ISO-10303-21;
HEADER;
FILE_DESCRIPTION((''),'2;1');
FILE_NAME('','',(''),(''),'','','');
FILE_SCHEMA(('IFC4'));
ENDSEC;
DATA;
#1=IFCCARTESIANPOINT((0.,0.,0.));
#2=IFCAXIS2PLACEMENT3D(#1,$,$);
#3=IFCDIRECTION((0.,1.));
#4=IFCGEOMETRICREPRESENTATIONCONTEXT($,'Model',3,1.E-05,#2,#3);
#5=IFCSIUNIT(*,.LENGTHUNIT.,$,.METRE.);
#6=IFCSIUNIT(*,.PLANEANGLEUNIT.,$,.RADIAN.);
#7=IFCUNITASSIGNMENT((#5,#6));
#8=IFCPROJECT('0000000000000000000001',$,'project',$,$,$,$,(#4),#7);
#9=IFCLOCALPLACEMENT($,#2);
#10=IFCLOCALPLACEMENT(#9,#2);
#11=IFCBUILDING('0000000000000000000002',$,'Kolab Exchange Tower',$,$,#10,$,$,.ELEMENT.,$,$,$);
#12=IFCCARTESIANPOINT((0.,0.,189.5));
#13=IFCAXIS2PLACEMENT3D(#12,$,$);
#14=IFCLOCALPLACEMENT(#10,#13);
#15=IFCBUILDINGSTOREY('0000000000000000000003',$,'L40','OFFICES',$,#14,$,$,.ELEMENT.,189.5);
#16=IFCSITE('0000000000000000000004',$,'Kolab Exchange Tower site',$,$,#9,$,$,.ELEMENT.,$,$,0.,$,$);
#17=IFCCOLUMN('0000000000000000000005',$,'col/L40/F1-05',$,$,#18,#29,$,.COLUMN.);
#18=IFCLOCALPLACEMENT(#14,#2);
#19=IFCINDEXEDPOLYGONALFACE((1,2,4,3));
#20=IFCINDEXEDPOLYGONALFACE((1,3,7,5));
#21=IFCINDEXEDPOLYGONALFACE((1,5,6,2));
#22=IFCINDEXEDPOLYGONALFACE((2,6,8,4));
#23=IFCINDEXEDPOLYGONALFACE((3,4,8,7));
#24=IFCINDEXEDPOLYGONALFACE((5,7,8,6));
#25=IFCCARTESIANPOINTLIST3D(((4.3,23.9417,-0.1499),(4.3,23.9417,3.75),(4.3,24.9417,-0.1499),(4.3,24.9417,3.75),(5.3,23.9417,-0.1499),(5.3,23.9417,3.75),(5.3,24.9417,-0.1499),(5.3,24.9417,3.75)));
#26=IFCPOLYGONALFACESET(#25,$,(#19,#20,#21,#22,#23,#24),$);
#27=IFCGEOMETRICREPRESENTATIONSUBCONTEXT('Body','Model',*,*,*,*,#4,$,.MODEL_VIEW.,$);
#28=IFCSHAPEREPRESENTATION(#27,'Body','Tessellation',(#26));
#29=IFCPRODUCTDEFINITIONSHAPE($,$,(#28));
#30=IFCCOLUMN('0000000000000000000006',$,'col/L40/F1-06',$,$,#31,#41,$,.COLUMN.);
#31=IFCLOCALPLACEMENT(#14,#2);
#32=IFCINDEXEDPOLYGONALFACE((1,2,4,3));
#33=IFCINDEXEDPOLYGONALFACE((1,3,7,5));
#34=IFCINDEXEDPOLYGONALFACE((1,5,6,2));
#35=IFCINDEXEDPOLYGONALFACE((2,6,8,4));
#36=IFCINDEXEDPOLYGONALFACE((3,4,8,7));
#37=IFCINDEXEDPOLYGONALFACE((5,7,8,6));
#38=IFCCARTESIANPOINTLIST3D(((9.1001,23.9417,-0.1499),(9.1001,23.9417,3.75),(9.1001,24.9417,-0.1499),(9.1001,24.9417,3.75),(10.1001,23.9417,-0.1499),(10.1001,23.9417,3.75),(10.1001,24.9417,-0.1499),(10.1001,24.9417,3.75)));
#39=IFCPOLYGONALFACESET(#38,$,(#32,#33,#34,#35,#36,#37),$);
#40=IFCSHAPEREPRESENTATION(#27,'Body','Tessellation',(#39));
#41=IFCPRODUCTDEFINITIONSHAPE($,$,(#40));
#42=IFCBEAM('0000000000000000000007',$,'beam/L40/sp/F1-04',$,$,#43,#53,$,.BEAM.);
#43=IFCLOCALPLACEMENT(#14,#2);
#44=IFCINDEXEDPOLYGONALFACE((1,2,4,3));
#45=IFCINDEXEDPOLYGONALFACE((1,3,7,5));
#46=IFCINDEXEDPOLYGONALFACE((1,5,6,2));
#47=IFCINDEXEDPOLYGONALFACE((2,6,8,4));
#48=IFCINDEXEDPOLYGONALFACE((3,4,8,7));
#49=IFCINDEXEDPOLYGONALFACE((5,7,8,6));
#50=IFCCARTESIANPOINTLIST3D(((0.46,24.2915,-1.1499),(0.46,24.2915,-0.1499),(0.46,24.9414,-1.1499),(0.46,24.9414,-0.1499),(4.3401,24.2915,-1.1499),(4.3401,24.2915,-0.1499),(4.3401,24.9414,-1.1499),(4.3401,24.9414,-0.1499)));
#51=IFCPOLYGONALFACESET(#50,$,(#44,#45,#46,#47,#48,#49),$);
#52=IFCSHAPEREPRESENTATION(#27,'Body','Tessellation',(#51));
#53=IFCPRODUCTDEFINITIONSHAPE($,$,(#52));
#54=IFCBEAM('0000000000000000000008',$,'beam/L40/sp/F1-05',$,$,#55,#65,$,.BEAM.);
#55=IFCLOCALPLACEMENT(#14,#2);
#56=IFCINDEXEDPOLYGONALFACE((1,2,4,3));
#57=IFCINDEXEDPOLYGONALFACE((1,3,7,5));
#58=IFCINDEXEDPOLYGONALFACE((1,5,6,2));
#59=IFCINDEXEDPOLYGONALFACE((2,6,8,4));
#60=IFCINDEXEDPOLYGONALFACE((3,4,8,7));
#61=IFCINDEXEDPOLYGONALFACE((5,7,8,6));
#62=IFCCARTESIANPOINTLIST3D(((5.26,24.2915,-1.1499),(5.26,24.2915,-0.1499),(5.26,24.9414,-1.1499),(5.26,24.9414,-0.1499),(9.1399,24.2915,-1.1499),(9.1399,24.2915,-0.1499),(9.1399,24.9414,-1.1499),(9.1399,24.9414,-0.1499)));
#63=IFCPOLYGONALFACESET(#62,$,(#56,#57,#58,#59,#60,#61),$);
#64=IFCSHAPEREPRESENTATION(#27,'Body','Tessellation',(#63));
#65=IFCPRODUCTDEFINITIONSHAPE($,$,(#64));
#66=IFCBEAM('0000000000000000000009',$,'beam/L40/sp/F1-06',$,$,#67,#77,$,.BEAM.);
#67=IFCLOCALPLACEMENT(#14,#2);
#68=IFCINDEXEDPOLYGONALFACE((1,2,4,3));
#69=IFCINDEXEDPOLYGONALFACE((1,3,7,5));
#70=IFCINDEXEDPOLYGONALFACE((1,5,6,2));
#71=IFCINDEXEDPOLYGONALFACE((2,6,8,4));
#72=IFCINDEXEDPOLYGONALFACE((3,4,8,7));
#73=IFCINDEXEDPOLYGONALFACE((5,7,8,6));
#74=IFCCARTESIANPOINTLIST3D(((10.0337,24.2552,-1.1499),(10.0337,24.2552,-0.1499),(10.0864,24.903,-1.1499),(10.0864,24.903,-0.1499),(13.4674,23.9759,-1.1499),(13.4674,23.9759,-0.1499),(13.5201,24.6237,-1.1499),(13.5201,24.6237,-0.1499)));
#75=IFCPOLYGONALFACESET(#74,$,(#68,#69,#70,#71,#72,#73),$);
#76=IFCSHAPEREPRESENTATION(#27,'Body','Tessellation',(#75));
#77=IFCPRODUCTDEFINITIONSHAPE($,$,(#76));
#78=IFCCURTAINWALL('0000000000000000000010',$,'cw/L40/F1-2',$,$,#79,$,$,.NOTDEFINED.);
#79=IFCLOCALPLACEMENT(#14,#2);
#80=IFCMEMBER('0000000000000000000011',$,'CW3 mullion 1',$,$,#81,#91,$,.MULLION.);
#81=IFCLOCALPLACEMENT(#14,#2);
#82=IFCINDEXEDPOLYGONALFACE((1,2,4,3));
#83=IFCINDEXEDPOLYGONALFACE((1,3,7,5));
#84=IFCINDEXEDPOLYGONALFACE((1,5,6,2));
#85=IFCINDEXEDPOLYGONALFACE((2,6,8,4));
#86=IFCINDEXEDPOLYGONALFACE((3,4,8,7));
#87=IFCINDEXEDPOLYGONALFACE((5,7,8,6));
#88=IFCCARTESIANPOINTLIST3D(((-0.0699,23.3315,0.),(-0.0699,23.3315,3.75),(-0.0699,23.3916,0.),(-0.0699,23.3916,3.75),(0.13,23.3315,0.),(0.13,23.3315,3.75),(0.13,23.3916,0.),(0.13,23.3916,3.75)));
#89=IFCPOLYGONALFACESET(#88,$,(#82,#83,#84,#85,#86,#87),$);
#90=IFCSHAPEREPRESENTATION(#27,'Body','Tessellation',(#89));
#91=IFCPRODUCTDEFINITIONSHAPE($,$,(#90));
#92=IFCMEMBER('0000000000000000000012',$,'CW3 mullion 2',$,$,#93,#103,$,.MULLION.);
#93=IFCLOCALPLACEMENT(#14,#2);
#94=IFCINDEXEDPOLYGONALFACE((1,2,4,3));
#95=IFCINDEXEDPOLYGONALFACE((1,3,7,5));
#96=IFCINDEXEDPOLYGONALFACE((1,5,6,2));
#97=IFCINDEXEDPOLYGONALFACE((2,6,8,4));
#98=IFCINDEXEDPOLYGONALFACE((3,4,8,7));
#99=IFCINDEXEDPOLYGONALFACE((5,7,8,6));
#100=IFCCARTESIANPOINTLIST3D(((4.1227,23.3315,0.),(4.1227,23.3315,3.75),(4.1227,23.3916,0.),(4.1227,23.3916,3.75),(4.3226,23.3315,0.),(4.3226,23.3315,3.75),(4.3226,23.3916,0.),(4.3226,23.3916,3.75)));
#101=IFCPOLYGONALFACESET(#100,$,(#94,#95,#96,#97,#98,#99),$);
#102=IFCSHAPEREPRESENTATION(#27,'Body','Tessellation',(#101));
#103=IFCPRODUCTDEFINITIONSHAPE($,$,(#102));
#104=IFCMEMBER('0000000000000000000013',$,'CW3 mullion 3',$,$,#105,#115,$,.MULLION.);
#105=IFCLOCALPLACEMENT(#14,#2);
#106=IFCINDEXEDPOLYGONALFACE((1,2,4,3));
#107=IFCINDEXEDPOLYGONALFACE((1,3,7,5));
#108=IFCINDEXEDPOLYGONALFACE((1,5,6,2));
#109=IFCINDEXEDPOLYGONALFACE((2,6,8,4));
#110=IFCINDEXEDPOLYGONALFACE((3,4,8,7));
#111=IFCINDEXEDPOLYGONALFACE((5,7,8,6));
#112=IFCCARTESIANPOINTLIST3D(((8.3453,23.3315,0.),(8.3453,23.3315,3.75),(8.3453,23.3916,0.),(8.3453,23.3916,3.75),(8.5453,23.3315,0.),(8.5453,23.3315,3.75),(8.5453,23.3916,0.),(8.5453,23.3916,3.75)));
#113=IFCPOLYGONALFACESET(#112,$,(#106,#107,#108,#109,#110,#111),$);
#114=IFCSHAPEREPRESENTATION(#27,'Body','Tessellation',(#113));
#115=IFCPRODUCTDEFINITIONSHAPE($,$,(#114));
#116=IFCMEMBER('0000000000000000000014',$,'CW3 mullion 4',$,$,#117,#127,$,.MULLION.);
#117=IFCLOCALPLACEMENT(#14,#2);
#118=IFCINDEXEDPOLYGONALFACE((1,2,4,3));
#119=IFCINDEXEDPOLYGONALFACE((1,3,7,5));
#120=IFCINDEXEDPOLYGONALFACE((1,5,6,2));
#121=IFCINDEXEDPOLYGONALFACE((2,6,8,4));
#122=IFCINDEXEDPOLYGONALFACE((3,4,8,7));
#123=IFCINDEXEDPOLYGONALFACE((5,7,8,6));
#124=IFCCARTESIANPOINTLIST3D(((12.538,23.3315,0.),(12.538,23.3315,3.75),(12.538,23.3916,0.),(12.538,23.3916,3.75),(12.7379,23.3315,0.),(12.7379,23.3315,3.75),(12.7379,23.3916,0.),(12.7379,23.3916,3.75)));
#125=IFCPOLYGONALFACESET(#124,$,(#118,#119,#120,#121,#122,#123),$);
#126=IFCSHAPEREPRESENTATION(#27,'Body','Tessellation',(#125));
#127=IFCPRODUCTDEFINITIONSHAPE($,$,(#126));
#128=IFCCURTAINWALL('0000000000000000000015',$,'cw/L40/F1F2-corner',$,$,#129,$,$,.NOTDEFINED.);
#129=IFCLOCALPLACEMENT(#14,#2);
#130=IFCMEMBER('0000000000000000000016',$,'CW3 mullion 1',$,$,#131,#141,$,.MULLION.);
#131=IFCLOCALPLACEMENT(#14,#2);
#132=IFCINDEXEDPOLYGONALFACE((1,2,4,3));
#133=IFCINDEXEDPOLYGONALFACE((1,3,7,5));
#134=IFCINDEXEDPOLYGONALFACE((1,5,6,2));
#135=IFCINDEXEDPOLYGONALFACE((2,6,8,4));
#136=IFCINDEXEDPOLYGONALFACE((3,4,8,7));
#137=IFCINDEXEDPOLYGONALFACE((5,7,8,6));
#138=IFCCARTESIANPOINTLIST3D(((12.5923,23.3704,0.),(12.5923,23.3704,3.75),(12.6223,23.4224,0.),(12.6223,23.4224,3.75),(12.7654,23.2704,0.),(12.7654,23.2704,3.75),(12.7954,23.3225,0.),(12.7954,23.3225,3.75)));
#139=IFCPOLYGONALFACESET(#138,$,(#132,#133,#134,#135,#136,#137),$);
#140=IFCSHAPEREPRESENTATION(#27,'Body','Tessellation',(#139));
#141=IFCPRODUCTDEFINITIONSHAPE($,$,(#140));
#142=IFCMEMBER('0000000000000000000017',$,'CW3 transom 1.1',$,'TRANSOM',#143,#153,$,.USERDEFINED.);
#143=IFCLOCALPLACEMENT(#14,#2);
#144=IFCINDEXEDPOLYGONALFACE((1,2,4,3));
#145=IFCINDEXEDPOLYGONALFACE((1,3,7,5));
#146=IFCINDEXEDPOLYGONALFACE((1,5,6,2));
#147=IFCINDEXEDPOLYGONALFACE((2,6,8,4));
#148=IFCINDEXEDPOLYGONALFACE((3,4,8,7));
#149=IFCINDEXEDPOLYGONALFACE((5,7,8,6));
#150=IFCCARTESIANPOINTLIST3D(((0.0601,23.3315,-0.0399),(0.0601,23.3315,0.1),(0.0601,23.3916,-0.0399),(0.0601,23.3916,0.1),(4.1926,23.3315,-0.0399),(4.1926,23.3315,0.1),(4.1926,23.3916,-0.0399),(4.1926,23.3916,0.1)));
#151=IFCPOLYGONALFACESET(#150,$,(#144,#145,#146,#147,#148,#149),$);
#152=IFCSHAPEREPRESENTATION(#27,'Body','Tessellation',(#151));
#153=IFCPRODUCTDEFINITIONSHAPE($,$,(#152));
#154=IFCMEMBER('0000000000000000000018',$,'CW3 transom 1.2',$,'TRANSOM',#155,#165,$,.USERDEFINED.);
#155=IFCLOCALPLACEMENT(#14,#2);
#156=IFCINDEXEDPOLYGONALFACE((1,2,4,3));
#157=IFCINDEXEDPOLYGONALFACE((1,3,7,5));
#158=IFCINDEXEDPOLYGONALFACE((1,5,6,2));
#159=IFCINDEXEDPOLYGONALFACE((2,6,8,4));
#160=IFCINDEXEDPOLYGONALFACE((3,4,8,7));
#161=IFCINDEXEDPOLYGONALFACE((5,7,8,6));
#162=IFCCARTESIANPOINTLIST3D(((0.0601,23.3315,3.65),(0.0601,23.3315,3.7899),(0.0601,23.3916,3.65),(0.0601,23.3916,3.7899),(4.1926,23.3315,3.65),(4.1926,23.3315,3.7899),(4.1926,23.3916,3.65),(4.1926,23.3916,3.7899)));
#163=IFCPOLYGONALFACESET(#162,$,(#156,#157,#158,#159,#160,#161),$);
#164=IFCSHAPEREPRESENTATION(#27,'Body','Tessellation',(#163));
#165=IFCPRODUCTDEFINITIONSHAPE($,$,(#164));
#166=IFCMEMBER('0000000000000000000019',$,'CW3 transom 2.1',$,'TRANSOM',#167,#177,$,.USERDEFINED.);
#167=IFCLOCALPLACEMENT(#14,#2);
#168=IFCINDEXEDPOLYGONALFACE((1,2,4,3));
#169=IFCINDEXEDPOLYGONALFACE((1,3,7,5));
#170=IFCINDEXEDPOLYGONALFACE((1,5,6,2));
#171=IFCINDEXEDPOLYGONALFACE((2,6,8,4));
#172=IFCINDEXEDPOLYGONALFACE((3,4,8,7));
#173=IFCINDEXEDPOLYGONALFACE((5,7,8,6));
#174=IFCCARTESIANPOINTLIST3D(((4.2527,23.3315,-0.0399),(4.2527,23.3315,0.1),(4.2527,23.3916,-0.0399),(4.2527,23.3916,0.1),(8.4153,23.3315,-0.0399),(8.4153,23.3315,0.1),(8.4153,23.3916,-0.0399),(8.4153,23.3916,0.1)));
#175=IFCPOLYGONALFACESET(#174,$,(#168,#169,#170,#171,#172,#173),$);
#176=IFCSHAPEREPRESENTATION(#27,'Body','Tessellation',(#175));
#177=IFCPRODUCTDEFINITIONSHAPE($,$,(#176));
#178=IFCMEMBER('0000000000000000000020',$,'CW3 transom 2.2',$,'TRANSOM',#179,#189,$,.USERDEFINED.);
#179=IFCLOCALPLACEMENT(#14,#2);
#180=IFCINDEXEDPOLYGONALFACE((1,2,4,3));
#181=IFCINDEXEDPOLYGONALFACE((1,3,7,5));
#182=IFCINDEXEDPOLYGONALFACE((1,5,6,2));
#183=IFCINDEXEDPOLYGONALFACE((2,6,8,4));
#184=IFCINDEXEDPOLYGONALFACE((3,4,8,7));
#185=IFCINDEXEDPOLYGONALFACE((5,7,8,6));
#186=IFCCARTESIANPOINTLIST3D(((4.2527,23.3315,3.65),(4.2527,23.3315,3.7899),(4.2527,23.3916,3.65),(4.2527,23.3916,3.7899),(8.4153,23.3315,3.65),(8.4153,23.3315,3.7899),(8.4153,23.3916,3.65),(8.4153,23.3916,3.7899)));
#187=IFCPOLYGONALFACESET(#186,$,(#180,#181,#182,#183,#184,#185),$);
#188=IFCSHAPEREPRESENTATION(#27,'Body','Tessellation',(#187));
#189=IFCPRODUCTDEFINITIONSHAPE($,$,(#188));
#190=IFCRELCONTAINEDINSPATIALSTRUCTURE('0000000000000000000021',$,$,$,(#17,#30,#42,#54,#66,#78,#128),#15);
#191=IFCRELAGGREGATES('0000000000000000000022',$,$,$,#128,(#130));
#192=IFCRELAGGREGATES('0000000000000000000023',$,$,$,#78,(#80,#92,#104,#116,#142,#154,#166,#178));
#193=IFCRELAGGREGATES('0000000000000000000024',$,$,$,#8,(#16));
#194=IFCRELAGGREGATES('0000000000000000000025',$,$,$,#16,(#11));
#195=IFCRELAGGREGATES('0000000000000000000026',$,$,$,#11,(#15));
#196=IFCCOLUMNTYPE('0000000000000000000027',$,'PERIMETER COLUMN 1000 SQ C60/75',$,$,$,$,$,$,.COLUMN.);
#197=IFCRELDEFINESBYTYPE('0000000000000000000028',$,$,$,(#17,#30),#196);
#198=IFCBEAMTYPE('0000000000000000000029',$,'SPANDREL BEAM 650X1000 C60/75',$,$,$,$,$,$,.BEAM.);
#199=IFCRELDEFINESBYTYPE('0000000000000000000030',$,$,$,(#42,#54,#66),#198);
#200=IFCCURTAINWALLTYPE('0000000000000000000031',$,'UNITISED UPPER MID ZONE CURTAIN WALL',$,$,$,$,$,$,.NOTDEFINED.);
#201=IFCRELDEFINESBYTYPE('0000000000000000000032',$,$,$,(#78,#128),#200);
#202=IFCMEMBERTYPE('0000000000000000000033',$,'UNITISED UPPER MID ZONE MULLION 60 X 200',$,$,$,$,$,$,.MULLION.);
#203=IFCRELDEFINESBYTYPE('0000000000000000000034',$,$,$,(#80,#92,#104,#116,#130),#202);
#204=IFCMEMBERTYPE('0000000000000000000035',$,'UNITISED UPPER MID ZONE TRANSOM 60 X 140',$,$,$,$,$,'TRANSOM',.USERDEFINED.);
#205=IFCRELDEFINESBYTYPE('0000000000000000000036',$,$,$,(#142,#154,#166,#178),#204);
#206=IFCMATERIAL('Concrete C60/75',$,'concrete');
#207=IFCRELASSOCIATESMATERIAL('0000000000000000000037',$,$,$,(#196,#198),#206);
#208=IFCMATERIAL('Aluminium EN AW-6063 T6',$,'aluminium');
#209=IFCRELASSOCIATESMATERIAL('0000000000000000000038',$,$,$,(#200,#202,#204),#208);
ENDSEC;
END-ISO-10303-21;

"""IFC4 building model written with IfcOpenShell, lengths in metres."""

from ifc_helpers import new_model, si_unit, direction, frame, origin, origin_2d, place, context, subcontext, project, spatial, rectangle, extrude, material, material_profile, profile_set, type_object, element, aggregate, save


model = new_model("IFC4")

# Units and contexts
model_context = context("Model", 3, precision=1e-05, world=origin(), true_north=direction((0.0, 1.0)))
body_context = subcontext(model_context, "Body", "Model", "MODEL_VIEW")
ifc_project = project(units=[si_unit("LENGTHUNIT", "METRE"), si_unit("PLANEANGLEUNIT", "RADIAN")], contexts=[model_context])

# Site, building, storey
site_placement = place(None, origin())
site = spatial("IfcSite", under=ifc_project, at=site_placement, Name="Kolab Exchange Tower site", CompositionType="ELEMENT", RefElevation=0.0)
building_placement = place(site_placement, origin())
building = spatial("IfcBuilding", under=site, at=building_placement, Name="Kolab Exchange Tower", CompositionType="ELEMENT")
storey_placement = place(building_placement, frame((0.0, 0.0, 189.5)))
storey = spatial("IfcBuildingStorey", under=building, at=storey_placement, Name="L40", Description="OFFICES", CompositionType="ELEMENT", Elevation=189.5)

# Columns
ifc_material_1 = material(Name="Concrete C60/75", Category="concrete")
ifc_material_profile_1 = material_profile(ifc_material_1, rectangle(XDim=1.0, YDim=1.0, at=origin_2d()), Name="RC1000")
ifc_profile_set_1 = profile_set([ifc_material_profile_1], Name="Concrete C60/75")
column_type = type_object("IfcColumnType", Name="PERIMETER COLUMN 1000 SQ C60/75", PredefinedType="COLUMN", material=ifc_profile_set_1)
for number, where, z_axis, x_axis, name in (
    (1, (4.8, 24.4417, -0.1499), (0.0, 0.0, 1.0), (1.0, 0.0, 0.0), "col/L40/F1-05"),
    (2, (9.6001, 24.4417, -0.1499), (0.0, 0.0, 1.0), (1.0, 0.0, 0.0), "col/L40/F1-06"),
):
    element("IfcColumn", number, at=place(storey_placement, frame(where, z_axis=z_axis, x_axis=x_axis)), inside=storey, type_object=column_type, Name=name, PredefinedType="COLUMN", context=body_context, shape_type="SweptSolid", body=[
        extrude(rectangle(XDim=1.0, YDim=1.0, at=origin_2d()), origin(), (0.0, 0.0, 1.0), 3.8999),
    ])

# Beams
ifc_material_profile_2 = material_profile(ifc_material_1, rectangle(XDim=0.6499, YDim=1.0, at=origin_2d()), Name="RC650X1000")
ifc_profile_set_2 = profile_set([ifc_material_profile_2], Name="Concrete C60/75")
beam_type = type_object("IfcBeamType", Name="SPANDREL BEAM 650X1000 C60/75", PredefinedType="BEAM", material=ifc_profile_set_2)
beam_1_placement = place(storey_placement, frame((0.46, 24.6165, -0.6499), z_axis=(1.0, 0.0, 0.0), x_axis=(0.0, 1.0, 0.0)))
element("IfcBeam", 3, at=beam_1_placement, inside=storey, type_object=beam_type, Name="beam/L40/sp/F1-04", PredefinedType="BEAM", context=body_context, shape_type="SweptSolid", body=[
    extrude(rectangle(XDim=0.6499, YDim=1.0, at=origin_2d()), origin(), (0.0, 0.0, 1.0), 3.8801),
])
beam_2_placement = place(storey_placement, frame((5.26, 24.6165, -0.6499), z_axis=(1.0, 0.0, 0.0), x_axis=(0.0, 1.0, 0.0)))
element("IfcBeam", 4, at=beam_2_placement, inside=storey, type_object=beam_type, Name="beam/L40/sp/F1-05", PredefinedType="BEAM", context=body_context, shape_type="SweptSolid", body=[
    extrude(rectangle(XDim=0.6499, YDim=1.0, at=origin_2d()), origin(), (0.0, 0.0, 1.0), 3.8799),
])
beam_3_placement = place(storey_placement, frame((10.0601, 24.5791, -0.6499), z_axis=(0.996708, -0.081069, 0.0), x_axis=(0.081069, 0.996708, 0.0)))
element("IfcBeam", 5, at=beam_3_placement, inside=storey, type_object=beam_type, Name="beam/L40/sp/F1-06", PredefinedType="BEAM", context=body_context, shape_type="SweptSolid", body=[
    extrude(rectangle(XDim=0.6499, YDim=1.0, at=origin_2d()), origin(), (0.0, 0.0, 1.0), 3.4451),
])

# Curtain wall, members
ifc_material_2 = material(Name="Aluminium EN AW-6063 T6", Category="aluminium")
curtain_wall_type = type_object("IfcCurtainWallType", Name="UNITISED UPPER MID ZONE CURTAIN WALL", PredefinedType="NOTDEFINED", material=ifc_material_2)
curtain_wall_1_placement = place(storey_placement, origin())
curtain_wall_1 = element("IfcCurtainWall", 6, at=curtain_wall_1_placement, inside=storey, type_object=curtain_wall_type, Name="cw/L40/F1-2", PredefinedType="NOTDEFINED")
ifc_material_profile_3 = material_profile(ifc_material_2, rectangle(XDim=0.0601, YDim=0.2, at=origin_2d()), Name="RECT 60X200")
ifc_profile_set_3 = profile_set([ifc_material_profile_3], Name="Aluminium EN AW-6063 T6")
member_type_1 = type_object("IfcMemberType", Name="UNITISED UPPER MID ZONE MULLION 60 X 200", PredefinedType="MULLION", material=ifc_profile_set_3)
member_1_placement = place(storey_placement, frame((0.03, 23.3616, 0.0), z_axis=(0.0, 0.0, 1.0), x_axis=(0.0, 1.0, 0.0)))
member_1 = element("IfcMember", 7, at=member_1_placement, type_object=member_type_1, Name="CW3 mullion 1", PredefinedType="MULLION", context=body_context, shape_type="SweptSolid", body=[
    extrude(rectangle(XDim=0.0601, YDim=0.2, at=origin_2d()), origin(), (0.0, 0.0, 1.0), 3.75),
])
member_2_placement = place(storey_placement, frame((4.2227, 23.3616, 0.0), z_axis=(0.0, 0.0, 1.0), x_axis=(0.0, 1.0, 0.0)))
member_2 = element("IfcMember", 8, at=member_2_placement, type_object=member_type_1, Name="CW3 mullion 2", PredefinedType="MULLION", context=body_context, shape_type="SweptSolid", body=[
    extrude(rectangle(XDim=0.0601, YDim=0.2, at=origin_2d()), origin(), (0.0, 0.0, 1.0), 3.75),
])
member_3_placement = place(storey_placement, frame((8.4453, 23.3616, 0.0), z_axis=(0.0, 0.0, 1.0), x_axis=(0.0, 1.0, 0.0)))
member_3 = element("IfcMember", 9, at=member_3_placement, type_object=member_type_1, Name="CW3 mullion 3", PredefinedType="MULLION", context=body_context, shape_type="SweptSolid", body=[
    extrude(rectangle(XDim=0.0601, YDim=0.2, at=origin_2d()), origin(), (0.0, 0.0, 1.0), 3.75),
])
member_4_placement = place(storey_placement, frame((12.6379, 23.3616, 0.0), z_axis=(0.0, 0.0, 1.0), x_axis=(0.0, 1.0, 0.0)))
member_4 = element("IfcMember", 10, at=member_4_placement, type_object=member_type_1, Name="CW3 mullion 4", PredefinedType="MULLION", context=body_context, shape_type="SweptSolid", body=[
    extrude(rectangle(XDim=0.0601, YDim=0.2, at=origin_2d()), origin(), (0.0, 0.0, 1.0), 3.75),
])

# Curtain wall, member
curtain_wall_2_placement = place(storey_placement, origin())
curtain_wall_2 = element("IfcCurtainWall", 11, at=curtain_wall_2_placement, inside=storey, type_object=curtain_wall_type, Name="cw/L40/F1F2-corner", PredefinedType="NOTDEFINED")
member_5_placement = place(storey_placement, frame((12.6938, 23.3464, 0.0), z_axis=(0.0, 0.0, 1.0), x_axis=(0.5, 0.866025, 0.0)))
member_5 = element("IfcMember", 12, at=member_5_placement, type_object=member_type_1, Name="CW3 mullion 1", PredefinedType="MULLION", context=body_context, shape_type="SweptSolid", body=[
    extrude(rectangle(XDim=0.0601, YDim=0.2, at=origin_2d()), origin(), (0.0, 0.0, 1.0), 3.75),
])

# Members
ifc_material_profile_4 = material_profile(ifc_material_2, rectangle(XDim=0.0601, YDim=0.1399, at=origin_2d()), Name="RECT 60X140")
ifc_profile_set_4 = profile_set([ifc_material_profile_4], Name="Aluminium EN AW-6063 T6")
member_type_2 = type_object("IfcMemberType", Name="UNITISED UPPER MID ZONE TRANSOM 60 X 140", ElementType="TRANSOM", PredefinedType="USERDEFINED", material=ifc_profile_set_4)
member_6_placement = place(storey_placement, frame((0.0601, 23.3616, 0.03), z_axis=(1.0, 0.0, 0.0), x_axis=(0.0, 1.0, 0.0)))
member_6 = element("IfcMember", 13, at=member_6_placement, type_object=member_type_2, Name="CW3 transom 1.1", ObjectType="TRANSOM", PredefinedType="USERDEFINED", context=body_context, shape_type="SweptSolid", body=[
    extrude(rectangle(XDim=0.0601, YDim=0.1399, at=origin_2d()), origin(), (0.0, 0.0, 1.0), 4.1326),
])
member_7_placement = place(storey_placement, frame((0.0601, 23.3616, 3.72), z_axis=(1.0, 0.0, 0.0), x_axis=(0.0, 1.0, 0.0)))
member_7 = element("IfcMember", 14, at=member_7_placement, type_object=member_type_2, Name="CW3 transom 1.2", ObjectType="TRANSOM", PredefinedType="USERDEFINED", context=body_context, shape_type="SweptSolid", body=[
    extrude(rectangle(XDim=0.0601, YDim=0.1399, at=origin_2d()), origin(), (0.0, 0.0, 1.0), 4.1326),
])
member_8_placement = place(storey_placement, frame((4.2527, 23.3616, 0.03), z_axis=(1.0, 0.0, 0.0), x_axis=(0.0, 1.0, 0.0)))
member_8 = element("IfcMember", 15, at=member_8_placement, type_object=member_type_2, Name="CW3 transom 2.1", ObjectType="TRANSOM", PredefinedType="USERDEFINED", context=body_context, shape_type="SweptSolid", body=[
    extrude(rectangle(XDim=0.0601, YDim=0.1399, at=origin_2d()), origin(), (0.0, 0.0, 1.0), 4.1626),
])
member_9_placement = place(storey_placement, frame((4.2527, 23.3616, 3.72), z_axis=(1.0, 0.0, 0.0), x_axis=(0.0, 1.0, 0.0)))
member_9 = element("IfcMember", 16, at=member_9_placement, type_object=member_type_2, Name="CW3 transom 2.2", ObjectType="TRANSOM", PredefinedType="USERDEFINED", context=body_context, shape_type="SweptSolid", body=[
    extrude(rectangle(XDim=0.0601, YDim=0.1399, at=origin_2d()), origin(), (0.0, 0.0, 1.0), 4.1626),
])
aggregate(curtain_wall_2, [member_5])

aggregate(curtain_wall_1, [member_1, member_2, member_3, member_4, member_6, member_7, member_8, member_9])

save(model, "model.ifc")
